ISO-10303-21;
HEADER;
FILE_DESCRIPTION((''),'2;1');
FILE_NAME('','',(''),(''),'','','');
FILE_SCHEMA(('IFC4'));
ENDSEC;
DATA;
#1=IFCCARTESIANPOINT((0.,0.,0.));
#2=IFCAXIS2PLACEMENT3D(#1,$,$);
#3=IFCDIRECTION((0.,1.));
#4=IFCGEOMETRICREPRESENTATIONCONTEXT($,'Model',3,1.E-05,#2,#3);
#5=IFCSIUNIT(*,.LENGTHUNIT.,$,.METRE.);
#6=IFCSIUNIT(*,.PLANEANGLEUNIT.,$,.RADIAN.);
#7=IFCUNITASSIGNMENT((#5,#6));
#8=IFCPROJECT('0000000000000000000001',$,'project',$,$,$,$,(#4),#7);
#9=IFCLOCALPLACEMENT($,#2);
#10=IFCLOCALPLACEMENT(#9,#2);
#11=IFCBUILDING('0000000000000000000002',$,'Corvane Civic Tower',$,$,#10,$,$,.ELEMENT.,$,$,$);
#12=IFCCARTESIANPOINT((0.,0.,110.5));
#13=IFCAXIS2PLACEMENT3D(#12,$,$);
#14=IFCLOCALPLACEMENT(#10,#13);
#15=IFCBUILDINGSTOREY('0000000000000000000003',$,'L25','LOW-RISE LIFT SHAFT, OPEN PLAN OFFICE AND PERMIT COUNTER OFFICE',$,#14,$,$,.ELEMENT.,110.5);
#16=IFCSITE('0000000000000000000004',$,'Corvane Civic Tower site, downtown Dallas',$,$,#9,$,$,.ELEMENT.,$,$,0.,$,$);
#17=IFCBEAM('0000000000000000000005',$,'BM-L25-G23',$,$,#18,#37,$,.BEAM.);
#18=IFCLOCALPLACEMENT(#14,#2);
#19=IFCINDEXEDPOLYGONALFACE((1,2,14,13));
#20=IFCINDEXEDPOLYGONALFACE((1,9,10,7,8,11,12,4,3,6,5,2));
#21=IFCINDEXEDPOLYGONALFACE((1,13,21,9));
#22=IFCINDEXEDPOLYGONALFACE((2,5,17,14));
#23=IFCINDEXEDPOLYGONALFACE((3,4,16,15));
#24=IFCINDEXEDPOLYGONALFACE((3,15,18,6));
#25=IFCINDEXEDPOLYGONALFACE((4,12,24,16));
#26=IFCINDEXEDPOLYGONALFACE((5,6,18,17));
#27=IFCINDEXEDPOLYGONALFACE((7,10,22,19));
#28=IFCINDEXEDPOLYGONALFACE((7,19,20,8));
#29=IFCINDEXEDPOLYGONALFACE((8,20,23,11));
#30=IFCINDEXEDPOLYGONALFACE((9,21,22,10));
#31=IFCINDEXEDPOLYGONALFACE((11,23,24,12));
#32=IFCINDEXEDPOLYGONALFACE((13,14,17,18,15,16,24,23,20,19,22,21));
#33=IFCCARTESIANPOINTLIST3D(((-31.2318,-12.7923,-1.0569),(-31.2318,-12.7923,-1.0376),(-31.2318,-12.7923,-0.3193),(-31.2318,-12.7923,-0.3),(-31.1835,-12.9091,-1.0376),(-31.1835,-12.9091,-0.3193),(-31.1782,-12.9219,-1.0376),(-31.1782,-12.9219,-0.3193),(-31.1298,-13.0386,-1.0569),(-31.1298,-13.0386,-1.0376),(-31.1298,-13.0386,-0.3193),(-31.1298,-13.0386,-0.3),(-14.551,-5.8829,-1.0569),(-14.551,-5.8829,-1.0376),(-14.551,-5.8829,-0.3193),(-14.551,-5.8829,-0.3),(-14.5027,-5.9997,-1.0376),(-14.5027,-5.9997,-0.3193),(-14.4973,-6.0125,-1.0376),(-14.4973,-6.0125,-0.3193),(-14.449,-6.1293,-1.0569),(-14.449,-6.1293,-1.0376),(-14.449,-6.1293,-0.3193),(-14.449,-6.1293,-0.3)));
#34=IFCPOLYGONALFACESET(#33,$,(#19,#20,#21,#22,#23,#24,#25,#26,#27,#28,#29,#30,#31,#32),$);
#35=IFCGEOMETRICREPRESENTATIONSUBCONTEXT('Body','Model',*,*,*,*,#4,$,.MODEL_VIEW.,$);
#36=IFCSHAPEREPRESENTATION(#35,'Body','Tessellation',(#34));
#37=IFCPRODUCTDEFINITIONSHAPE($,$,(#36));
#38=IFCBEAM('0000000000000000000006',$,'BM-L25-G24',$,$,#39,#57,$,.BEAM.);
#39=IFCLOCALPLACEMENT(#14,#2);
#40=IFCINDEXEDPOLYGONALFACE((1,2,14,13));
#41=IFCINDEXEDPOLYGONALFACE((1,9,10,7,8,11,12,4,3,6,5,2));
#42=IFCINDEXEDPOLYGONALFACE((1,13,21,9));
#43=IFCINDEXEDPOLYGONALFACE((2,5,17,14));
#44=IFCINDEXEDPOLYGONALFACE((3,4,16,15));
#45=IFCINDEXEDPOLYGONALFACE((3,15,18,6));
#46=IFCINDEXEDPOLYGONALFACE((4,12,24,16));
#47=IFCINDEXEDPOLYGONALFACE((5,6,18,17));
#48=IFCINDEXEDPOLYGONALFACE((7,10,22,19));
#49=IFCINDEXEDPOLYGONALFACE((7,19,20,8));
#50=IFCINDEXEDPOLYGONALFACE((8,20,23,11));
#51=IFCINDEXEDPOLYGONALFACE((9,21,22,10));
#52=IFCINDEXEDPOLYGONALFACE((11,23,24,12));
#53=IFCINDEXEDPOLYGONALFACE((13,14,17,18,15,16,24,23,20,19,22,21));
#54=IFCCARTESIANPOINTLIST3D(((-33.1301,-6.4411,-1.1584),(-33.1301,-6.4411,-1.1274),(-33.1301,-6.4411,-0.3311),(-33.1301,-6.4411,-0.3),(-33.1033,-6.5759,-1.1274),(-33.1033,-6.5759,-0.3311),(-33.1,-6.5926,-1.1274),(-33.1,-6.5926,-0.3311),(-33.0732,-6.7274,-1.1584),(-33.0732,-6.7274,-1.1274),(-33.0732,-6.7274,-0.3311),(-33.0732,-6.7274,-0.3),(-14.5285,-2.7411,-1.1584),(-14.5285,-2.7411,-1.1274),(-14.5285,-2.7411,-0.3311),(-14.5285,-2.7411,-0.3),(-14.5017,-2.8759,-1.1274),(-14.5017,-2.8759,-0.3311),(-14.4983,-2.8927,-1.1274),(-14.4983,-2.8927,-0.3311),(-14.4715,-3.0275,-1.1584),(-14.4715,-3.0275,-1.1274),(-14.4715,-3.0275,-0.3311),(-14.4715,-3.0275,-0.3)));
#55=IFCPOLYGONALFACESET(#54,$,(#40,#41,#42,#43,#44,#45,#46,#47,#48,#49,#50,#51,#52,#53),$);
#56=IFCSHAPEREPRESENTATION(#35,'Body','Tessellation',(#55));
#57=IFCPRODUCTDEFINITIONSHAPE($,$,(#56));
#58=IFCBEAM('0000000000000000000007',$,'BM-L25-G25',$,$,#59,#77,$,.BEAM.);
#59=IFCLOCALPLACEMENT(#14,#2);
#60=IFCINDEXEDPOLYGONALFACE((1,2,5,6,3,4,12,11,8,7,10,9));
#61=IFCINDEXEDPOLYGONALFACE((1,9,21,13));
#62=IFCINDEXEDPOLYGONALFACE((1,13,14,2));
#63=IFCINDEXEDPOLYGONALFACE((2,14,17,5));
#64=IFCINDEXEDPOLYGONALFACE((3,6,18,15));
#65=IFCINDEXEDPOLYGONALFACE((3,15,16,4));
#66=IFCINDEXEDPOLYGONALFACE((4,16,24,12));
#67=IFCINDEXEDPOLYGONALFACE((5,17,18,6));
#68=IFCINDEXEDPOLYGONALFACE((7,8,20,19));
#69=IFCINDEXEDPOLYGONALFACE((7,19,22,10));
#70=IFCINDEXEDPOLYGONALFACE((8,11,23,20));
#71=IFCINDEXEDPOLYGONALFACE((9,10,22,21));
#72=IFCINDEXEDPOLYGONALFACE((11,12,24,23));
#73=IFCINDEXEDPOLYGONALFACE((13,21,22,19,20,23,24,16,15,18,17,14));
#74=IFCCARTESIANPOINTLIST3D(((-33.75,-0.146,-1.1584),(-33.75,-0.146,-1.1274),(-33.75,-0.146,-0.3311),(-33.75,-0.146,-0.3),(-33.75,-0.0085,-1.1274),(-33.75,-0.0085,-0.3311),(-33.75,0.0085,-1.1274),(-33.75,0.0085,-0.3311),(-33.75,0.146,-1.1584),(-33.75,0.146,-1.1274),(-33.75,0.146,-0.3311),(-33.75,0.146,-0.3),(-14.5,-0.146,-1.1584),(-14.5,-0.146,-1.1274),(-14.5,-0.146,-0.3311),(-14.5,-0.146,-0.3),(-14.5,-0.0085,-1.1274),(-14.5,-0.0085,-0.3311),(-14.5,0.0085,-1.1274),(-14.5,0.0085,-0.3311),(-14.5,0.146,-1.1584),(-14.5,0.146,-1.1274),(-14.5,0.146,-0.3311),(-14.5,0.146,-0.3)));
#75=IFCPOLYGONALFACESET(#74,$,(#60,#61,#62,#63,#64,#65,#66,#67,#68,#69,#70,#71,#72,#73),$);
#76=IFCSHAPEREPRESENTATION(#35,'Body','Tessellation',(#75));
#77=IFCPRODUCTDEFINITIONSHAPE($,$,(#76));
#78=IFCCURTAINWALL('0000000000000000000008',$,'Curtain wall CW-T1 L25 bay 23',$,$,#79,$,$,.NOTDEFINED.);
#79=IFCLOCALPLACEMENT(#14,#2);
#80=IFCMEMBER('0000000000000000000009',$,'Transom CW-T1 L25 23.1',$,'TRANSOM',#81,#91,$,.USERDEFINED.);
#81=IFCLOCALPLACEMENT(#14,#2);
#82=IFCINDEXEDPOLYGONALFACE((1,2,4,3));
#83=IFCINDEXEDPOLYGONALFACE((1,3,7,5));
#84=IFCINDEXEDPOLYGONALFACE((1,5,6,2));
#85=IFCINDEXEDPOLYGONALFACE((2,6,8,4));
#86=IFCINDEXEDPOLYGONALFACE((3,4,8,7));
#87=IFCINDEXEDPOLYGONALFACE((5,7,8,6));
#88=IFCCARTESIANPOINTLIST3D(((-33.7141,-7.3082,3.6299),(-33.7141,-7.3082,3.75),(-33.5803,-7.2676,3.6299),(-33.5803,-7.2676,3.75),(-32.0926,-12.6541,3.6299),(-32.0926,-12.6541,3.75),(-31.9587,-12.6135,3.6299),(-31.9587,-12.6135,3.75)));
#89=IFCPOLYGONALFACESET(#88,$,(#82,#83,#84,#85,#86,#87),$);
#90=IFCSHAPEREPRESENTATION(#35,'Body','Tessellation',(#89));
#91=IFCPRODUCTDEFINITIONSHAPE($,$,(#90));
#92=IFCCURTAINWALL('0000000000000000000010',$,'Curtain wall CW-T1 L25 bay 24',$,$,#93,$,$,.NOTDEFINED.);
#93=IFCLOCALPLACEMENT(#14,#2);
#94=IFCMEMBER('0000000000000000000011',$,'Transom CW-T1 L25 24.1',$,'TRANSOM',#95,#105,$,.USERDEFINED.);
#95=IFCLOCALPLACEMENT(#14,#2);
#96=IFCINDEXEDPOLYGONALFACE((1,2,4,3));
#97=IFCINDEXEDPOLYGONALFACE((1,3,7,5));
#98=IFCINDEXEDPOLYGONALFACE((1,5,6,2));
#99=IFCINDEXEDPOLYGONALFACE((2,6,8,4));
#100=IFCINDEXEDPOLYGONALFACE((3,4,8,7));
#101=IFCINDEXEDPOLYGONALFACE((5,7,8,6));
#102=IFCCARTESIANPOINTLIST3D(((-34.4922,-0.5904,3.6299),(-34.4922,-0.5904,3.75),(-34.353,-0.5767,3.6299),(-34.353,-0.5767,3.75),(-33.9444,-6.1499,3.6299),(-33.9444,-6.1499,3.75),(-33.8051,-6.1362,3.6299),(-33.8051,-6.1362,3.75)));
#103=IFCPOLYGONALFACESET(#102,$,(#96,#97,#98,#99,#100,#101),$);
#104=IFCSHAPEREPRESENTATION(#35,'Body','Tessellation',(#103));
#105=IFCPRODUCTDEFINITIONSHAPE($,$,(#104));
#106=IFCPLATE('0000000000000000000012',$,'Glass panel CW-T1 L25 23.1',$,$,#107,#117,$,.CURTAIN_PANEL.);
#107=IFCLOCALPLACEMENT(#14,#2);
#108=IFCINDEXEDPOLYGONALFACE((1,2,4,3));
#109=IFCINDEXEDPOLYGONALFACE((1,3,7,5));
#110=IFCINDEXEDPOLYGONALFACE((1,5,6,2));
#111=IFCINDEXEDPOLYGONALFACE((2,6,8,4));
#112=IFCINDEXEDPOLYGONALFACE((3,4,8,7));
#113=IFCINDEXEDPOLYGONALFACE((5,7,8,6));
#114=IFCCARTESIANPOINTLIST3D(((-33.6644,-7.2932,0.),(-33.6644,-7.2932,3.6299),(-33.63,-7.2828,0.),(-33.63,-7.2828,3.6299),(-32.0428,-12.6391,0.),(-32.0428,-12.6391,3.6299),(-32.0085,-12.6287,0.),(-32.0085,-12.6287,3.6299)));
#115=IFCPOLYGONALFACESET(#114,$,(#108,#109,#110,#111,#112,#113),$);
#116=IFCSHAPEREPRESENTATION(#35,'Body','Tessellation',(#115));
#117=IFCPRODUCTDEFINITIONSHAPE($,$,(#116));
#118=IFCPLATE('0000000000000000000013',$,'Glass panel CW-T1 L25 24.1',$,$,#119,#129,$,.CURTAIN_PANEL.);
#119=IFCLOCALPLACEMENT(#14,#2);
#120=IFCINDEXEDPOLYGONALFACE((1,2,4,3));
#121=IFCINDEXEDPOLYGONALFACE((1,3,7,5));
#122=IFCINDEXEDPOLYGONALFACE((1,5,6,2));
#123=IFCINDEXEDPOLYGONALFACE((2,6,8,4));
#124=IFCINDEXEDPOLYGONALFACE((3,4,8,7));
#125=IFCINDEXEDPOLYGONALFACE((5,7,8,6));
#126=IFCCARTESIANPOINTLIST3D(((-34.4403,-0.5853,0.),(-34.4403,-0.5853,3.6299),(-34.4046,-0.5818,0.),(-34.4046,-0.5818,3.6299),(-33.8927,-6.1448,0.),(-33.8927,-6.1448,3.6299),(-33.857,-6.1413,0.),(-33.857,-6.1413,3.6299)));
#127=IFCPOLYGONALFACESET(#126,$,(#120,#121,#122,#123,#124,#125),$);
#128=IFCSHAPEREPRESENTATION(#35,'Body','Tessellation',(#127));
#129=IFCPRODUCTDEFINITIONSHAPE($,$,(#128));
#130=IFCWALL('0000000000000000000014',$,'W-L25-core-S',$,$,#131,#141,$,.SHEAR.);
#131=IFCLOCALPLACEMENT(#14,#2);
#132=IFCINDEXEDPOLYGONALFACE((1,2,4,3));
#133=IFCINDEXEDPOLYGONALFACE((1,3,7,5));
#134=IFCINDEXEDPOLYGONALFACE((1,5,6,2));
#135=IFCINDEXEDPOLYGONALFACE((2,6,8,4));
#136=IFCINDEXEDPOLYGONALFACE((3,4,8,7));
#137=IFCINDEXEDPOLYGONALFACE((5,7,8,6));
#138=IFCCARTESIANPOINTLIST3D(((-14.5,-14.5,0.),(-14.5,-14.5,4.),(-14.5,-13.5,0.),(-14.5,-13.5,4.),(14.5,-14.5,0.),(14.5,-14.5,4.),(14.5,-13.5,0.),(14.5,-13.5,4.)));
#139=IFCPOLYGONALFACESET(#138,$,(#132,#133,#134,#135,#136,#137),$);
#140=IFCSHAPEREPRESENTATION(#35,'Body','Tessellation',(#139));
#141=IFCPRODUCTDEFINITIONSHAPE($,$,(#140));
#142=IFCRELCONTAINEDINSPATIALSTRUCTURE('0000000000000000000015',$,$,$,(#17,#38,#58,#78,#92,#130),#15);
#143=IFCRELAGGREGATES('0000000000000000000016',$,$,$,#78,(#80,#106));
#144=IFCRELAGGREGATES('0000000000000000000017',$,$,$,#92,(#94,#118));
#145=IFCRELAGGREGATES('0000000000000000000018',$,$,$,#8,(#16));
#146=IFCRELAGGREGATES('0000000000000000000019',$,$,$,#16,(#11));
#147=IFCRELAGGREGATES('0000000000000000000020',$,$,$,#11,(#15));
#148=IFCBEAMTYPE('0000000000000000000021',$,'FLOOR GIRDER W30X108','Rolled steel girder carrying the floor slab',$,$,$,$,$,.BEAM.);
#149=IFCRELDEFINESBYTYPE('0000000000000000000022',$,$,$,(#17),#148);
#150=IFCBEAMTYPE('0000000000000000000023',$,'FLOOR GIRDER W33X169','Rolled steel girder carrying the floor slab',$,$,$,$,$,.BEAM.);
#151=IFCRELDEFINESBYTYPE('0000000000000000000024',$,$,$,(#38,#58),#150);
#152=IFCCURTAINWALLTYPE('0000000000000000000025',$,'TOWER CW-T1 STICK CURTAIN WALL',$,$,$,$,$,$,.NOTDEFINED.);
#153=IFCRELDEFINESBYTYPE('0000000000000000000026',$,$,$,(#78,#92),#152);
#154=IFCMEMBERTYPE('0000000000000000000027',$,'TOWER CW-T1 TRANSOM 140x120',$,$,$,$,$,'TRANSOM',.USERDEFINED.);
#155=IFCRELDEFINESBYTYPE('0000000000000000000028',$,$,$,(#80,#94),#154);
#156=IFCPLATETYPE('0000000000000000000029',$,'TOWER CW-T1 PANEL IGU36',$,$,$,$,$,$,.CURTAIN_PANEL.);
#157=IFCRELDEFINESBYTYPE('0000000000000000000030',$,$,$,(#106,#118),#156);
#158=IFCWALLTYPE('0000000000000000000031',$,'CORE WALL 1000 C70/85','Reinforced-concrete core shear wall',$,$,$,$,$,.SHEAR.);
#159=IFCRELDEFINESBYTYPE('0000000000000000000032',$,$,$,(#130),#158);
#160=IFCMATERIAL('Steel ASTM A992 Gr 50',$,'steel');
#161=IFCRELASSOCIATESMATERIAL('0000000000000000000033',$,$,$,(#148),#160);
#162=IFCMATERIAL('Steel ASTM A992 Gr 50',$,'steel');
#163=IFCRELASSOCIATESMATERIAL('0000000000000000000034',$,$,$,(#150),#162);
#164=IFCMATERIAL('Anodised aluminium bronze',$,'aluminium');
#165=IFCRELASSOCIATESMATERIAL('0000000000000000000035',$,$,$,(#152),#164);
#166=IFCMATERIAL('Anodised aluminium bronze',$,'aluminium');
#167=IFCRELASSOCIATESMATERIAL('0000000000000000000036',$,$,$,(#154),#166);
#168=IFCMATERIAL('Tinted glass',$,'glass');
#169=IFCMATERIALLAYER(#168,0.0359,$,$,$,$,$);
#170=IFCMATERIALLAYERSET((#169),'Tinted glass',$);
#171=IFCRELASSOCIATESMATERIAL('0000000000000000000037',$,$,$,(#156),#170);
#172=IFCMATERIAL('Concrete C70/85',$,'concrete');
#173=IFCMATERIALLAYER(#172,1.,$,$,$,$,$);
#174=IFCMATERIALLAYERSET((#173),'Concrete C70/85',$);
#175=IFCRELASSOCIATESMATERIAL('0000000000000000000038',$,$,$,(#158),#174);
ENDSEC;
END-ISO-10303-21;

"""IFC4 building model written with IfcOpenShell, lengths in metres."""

from ifc_helpers import new_model, si_unit, direction, frame, frame_2d, origin, origin_2d, place, context, subcontext, project, spatial, rectangle, i_section, extrude, material, layer, layer_set, material_profile, profile_set, type_object, element, aggregate, save


model = new_model("IFC4")

# Units and contexts
model_context = context("Model", 3, precision=1e-05, world=origin(), true_north=direction((0.0, 1.0)))
body_context = subcontext(model_context, "Body", "Model", "MODEL_VIEW")
ifc_project = project(units=[si_unit("LENGTHUNIT", "METRE"), si_unit("PLANEANGLEUNIT", "RADIAN")], contexts=[model_context])

# Site, building, storey
site_placement = place(None, origin())
site = spatial("IfcSite", under=ifc_project, at=site_placement, Name="Corvane Civic Tower site, downtown Dallas", CompositionType="ELEMENT", RefElevation=0.0)
building_placement = place(site_placement, origin())
building = spatial("IfcBuilding", under=site, at=building_placement, Name="Corvane Civic Tower", CompositionType="ELEMENT")
storey_placement = place(building_placement, frame((0.0, 0.0, 110.5)))
storey = spatial("IfcBuildingStorey", under=building, at=storey_placement, Name="L25", Description="LOW-RISE LIFT SHAFT, OPEN PLAN OFFICE AND PERMIT COUNTER OFFICE", CompositionType="ELEMENT", Elevation=110.5)

# Beams
ifc_material_1 = material(Name="Steel ASTM A992 Gr 50", Category="steel")
ifc_material_profile_1 = material_profile(ifc_material_1, i_section(OverallWidth=0.2666, OverallDepth=0.7568, WebThickness=0.0139, FlangeThickness=0.0193, at=origin_2d()), Name="W30X108")
ifc_profile_set_1 = profile_set([ifc_material_profile_1], Name="Steel ASTM A992 Gr 50")
beam_type_1 = type_object("IfcBeamType", Name="FLOOR GIRDER W30X108", Description="Rolled steel girder carrying the floor slab", PredefinedType="BEAM", material=ifc_profile_set_1)
beam_1_placement = place(storey_placement, frame((-14.5, -6.0061, -0.6785), z_axis=(-0.92388, -0.382682, 0.0), x_axis=(0.382682, -0.92388, 0.0)))
element("IfcBeam", 1, at=beam_1_placement, inside=storey, type_object=beam_type_1, Name="BM-L25-G23", PredefinedType="BEAM", context=body_context, shape_type="SweptSolid", body=[
    extrude(i_section(OverallWidth=0.2666, OverallDepth=0.7568, WebThickness=0.0139, FlangeThickness=0.0193, at=origin_2d()), origin(), (0.0, 0.0, 1.0), 18.0552),
])
ifc_material_2 = material(Name="Steel ASTM A992 Gr 50", Category="steel")
ifc_material_profile_2 = material_profile(ifc_material_2, i_section(OverallWidth=0.292, OverallDepth=0.8584, WebThickness=0.0171, FlangeThickness=0.031, at=origin_2d()), Name="W33X169")
ifc_profile_set_2 = profile_set([ifc_material_profile_2], Name="Steel ASTM A992 Gr 50")
beam_type_2 = type_object("IfcBeamType", Name="FLOOR GIRDER W33X169", Description="Rolled steel girder carrying the floor slab", PredefinedType="BEAM", material=ifc_profile_set_2)
beam_2_placement = place(storey_placement, frame((-14.5, -2.8843, -0.7292), z_axis=(-0.980787, -0.195084, 0.0), x_axis=(0.195084, -0.980787, 0.0)))
element("IfcBeam", 2, at=beam_2_placement, inside=storey, type_object=beam_type_2, Name="BM-L25-G24", PredefinedType="BEAM", context=body_context, shape_type="SweptSolid", body=[
    extrude(i_section(OverallWidth=0.292, OverallDepth=0.8584, WebThickness=0.0171, FlangeThickness=0.031, at=origin_2d()), origin(), (0.0, 0.0, 1.0), 18.9661),
])
beam_3_placement = place(storey_placement, frame((-14.5, 0.0, -0.7292), z_axis=(-1.0, 0.0, 0.0), x_axis=(0.0, -1.0, 0.0)))
element("IfcBeam", 3, at=beam_3_placement, inside=storey, type_object=beam_type_2, Name="BM-L25-G25", PredefinedType="BEAM", context=body_context, shape_type="SweptSolid", body=[
    extrude(i_section(OverallWidth=0.292, OverallDepth=0.8584, WebThickness=0.0171, FlangeThickness=0.031, at=origin_2d()), origin(), (0.0, 0.0, 1.0), 19.25),
])

# Curtain walls, members
ifc_material_3 = material(Name="Anodised aluminium bronze", Category="aluminium")
curtain_wall_type = type_object("IfcCurtainWallType", Name="TOWER CW-T1 STICK CURTAIN WALL", PredefinedType="NOTDEFINED", material=ifc_material_3)
curtain_wall_1_placement = place(storey_placement, origin())
curtain_wall_1 = element("IfcCurtainWall", 4, at=curtain_wall_1_placement, inside=storey, type_object=curtain_wall_type, Name="Curtain wall CW-T1 L25 bay 23", PredefinedType="NOTDEFINED")
ifc_material_4 = material(Name="Anodised aluminium bronze", Category="aluminium")
ifc_material_profile_3 = material_profile(ifc_material_4, rectangle(XDim=0.1399, YDim=0.1201, at=origin_2d()), Name="TOWER CW-T1 TRANSOM 140x120")
ifc_profile_set_3 = profile_set([ifc_material_profile_3], Name="Anodised aluminium bronze")
member_type = type_object("IfcMemberType", Name="TOWER CW-T1 TRANSOM 140x120", ElementType="TRANSOM", PredefinedType="USERDEFINED", material=ifc_profile_set_3)
member_1_placement = place(storey_placement, frame((-32.0256, -12.6338, 3.6899), z_axis=(-0.290269, 0.956945, 0.0), x_axis=(-0.956945, -0.290269, 0.0)))
member_1 = element("IfcMember", 5, at=member_1_placement, type_object=member_type, Name="Transom CW-T1 L25 23.1", ObjectType="TRANSOM", PredefinedType="USERDEFINED", context=body_context, shape_type="SweptSolid", body=[
    extrude(rectangle(XDim=0.1399, YDim=0.1201, at=origin_2d()), origin(), (0.0, 0.0, 1.0), 5.5864),
])
curtain_wall_2_placement = place(storey_placement, origin())
curtain_wall_2 = element("IfcCurtainWall", 6, at=curtain_wall_2_placement, inside=storey, type_object=curtain_wall_type, Name="Curtain wall CW-T1 L25 bay 24", PredefinedType="NOTDEFINED")
member_2_placement = place(storey_placement, frame((-33.8748, -6.1431, 3.6899), z_axis=(-0.098067, 0.99518, 0.0), x_axis=(-0.99518, -0.098067, 0.0)))
member_2 = element("IfcMember", 7, at=member_2_placement, type_object=member_type, Name="Transom CW-T1 L25 24.1", ObjectType="TRANSOM", PredefinedType="USERDEFINED", context=body_context, shape_type="SweptSolid", body=[
    extrude(rectangle(XDim=0.1399, YDim=0.1201, at=origin_2d()), origin(), (0.0, 0.0, 1.0), 5.5864),
])

# Plates
ifc_material_5 = material(Name="Tinted glass", Category="glass")
ifc_layer_1 = layer(ifc_material_5, 0.0359)
ifc_layer_set_1 = layer_set([ifc_layer_1], Name="Tinted glass")
plate_type = type_object("IfcPlateType", Name="TOWER CW-T1 PANEL IGU36", PredefinedType="CURTAIN_PANEL", material=ifc_layer_set_1)
plate_1_placement = place(storey_placement, frame((-32.8364, -9.9609, 0.0), z_axis=(0.0, 0.0, 1.0), x_axis=(-0.290266, 0.956946, 0.0)))
plate_1 = element("IfcPlate", 8, at=plate_1_placement, type_object=plate_type, Name="Glass panel CW-T1 L25 23.1", PredefinedType="CURTAIN_PANEL", context=body_context, shape_type="SweptSolid", body=[
    extrude(rectangle(XDim=5.5864, YDim=0.0359, at=origin_2d()), origin(), (0.0, 0.0, 1.0), 3.6299),
])
aggregate(curtain_wall_1, [member_1, plate_1])
plate_2_placement = place(storey_placement, frame((-34.1487, -3.3633, 0.0), z_axis=(0.0, 0.0, 1.0), x_axis=(-0.098027, 0.995184, 0.0)))
plate_2 = element("IfcPlate", 9, at=plate_2_placement, type_object=plate_type, Name="Glass panel CW-T1 L25 24.1", PredefinedType="CURTAIN_PANEL", context=body_context, shape_type="SweptSolid", body=[
    extrude(rectangle(XDim=5.5864, YDim=0.0359, at=origin_2d()), origin(), (0.0, 0.0, 1.0), 3.6299),
])
aggregate(curtain_wall_2, [member_2, plate_2])

# Wall
ifc_material_6 = material(Name="Concrete C70/85", Category="concrete")
ifc_layer_2 = layer(ifc_material_6, 1.0)
ifc_layer_set_2 = layer_set([ifc_layer_2], Name="Concrete C70/85")
wall_type_1 = type_object("IfcWallType", Name="CORE WALL 1000 C70/85", Description="Reinforced-concrete core shear wall", PredefinedType="SHEAR", material=ifc_layer_set_2)
wall_1_placement = place(storey_placement, frame((-14.5, -14.0, 0.0), z_axis=(0.0, 0.0, 1.0), x_axis=(1.0, 0.0, 0.0)))
element("IfcWall", 10, at=wall_1_placement, inside=storey, type_object=wall_type_1, Name="W-L25-core-S", PredefinedType="SHEAR", context=body_context, shape_type="SweptSolid", body=[
    extrude(rectangle(XDim=29.0, YDim=1.0, at=frame_2d((14.5, 0.0))), origin(), (0.0, 0.0, 1.0), 4.0),
])

save(model, "model.ifc")
